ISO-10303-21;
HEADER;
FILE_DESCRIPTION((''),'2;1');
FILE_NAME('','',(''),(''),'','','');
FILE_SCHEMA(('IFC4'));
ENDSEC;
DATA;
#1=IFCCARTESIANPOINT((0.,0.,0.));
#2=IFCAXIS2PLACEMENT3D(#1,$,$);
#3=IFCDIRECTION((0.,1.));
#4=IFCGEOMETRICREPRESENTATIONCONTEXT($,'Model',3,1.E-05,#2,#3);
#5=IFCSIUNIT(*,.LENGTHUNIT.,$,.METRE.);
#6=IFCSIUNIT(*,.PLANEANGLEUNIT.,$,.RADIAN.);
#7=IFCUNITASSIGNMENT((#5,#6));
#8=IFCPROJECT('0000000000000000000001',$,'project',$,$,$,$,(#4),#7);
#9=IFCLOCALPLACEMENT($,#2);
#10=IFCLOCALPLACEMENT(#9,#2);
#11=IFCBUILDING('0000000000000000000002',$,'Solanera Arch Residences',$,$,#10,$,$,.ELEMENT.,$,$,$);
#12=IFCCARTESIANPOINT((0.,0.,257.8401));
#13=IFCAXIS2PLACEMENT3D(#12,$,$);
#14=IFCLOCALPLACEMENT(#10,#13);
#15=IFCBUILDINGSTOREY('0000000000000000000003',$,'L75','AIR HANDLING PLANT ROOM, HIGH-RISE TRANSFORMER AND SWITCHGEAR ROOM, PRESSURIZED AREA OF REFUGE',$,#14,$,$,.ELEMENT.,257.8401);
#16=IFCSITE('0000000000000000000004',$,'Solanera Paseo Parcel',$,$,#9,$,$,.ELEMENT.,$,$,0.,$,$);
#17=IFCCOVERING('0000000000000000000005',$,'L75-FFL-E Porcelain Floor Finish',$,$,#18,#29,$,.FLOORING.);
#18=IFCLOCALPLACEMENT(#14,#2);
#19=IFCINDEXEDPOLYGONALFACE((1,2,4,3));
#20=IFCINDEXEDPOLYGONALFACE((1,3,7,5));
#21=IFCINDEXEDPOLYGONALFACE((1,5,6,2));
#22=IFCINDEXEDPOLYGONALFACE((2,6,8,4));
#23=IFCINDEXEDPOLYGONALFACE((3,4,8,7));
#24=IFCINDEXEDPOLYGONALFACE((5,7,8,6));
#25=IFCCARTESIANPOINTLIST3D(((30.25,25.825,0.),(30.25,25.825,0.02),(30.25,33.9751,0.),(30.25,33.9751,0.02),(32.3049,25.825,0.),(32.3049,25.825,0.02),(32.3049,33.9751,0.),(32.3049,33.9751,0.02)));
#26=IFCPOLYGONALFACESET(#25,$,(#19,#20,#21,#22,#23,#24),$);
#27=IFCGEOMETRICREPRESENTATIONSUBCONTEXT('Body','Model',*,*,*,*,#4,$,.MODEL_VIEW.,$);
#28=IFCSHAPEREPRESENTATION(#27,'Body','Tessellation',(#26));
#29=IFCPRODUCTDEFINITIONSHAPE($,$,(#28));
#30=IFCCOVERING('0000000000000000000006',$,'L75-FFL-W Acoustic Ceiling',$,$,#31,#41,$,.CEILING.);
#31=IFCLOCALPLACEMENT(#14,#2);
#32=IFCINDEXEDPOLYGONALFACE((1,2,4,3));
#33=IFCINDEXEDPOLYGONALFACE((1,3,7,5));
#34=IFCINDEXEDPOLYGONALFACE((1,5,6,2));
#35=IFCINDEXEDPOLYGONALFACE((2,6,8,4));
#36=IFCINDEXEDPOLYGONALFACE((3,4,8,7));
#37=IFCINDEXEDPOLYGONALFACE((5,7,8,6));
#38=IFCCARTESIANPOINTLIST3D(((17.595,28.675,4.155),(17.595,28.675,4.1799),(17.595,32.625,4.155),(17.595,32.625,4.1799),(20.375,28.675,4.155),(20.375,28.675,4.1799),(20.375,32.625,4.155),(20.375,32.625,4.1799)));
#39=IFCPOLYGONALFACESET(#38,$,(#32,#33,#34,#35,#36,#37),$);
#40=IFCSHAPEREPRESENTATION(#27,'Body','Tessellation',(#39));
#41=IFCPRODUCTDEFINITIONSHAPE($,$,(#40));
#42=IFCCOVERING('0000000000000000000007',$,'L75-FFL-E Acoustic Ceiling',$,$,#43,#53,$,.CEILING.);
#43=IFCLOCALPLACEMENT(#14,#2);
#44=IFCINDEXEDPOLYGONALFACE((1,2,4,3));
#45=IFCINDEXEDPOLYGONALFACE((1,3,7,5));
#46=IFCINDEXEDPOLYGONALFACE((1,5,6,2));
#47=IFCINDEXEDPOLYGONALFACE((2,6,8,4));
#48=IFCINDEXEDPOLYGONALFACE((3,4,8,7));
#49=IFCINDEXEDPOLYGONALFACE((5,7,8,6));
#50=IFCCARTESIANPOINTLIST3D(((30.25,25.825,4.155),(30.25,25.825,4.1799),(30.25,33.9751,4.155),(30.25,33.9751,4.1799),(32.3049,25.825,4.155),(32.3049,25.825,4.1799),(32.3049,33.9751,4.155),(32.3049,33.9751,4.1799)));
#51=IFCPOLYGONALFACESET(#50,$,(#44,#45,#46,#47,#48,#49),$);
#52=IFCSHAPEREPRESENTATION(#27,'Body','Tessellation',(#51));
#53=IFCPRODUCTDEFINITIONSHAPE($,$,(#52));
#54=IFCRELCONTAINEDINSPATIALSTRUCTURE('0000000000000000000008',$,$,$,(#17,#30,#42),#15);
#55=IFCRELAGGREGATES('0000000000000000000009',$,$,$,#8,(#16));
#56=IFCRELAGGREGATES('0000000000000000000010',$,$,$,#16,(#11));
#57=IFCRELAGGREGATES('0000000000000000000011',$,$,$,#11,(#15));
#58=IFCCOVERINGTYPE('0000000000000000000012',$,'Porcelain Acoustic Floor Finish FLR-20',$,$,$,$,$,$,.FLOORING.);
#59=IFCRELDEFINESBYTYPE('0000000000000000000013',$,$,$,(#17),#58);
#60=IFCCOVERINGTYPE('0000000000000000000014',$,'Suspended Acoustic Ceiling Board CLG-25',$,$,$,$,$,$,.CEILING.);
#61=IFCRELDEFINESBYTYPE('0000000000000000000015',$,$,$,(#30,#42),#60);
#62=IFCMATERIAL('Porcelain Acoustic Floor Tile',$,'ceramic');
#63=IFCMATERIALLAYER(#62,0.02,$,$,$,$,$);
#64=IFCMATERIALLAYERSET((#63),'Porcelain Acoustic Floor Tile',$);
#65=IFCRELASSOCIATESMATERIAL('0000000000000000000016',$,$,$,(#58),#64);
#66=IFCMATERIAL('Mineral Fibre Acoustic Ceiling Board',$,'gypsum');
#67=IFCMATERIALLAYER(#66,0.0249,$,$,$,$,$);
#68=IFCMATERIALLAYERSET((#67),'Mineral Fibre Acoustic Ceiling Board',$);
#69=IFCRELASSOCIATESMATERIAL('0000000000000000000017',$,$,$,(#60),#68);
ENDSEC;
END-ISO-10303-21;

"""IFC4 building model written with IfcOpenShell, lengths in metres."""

from ifc_helpers import new_model, si_unit, direction, frame, origin, place, context, subcontext, project, spatial, polyline, outline, extrude, material, layer, layer_set, type_object, element, save


model = new_model("IFC4")

# Units and contexts
model_context = context("Model", 3, precision=1e-05, world=origin(), true_north=direction((0.0, 1.0)))
body_context = subcontext(model_context, "Body", "Model", "MODEL_VIEW")
ifc_project = project(units=[si_unit("LENGTHUNIT", "METRE"), si_unit("PLANEANGLEUNIT", "RADIAN")], contexts=[model_context])

# Site, building, storey
site_placement = place(None, origin())
site = spatial("IfcSite", under=ifc_project, at=site_placement, Name="Solanera Paseo Parcel", CompositionType="ELEMENT", RefElevation=0.0)
building_placement = place(site_placement, origin())
building = spatial("IfcBuilding", under=site, at=building_placement, Name="Solanera Arch Residences", CompositionType="ELEMENT")
storey_placement = place(building_placement, frame((0.0, 0.0, 257.8401)))
storey = spatial("IfcBuildingStorey", under=building, at=storey_placement, Name="L75", Description="AIR HANDLING PLANT ROOM, HIGH-RISE TRANSFORMER AND SWITCHGEAR ROOM, PRESSURIZED AREA OF REFUGE", CompositionType="ELEMENT", Elevation=257.8401)

# Coverings
ifc_material_1 = material(Name="Porcelain Acoustic Floor Tile", Category="ceramic")
ifc_layer_1 = layer(ifc_material_1, 0.02)
ifc_layer_set_1 = layer_set([ifc_layer_1], Name="Porcelain Acoustic Floor Tile")
covering_type_1 = type_object("IfcCoveringType", Name="Porcelain Acoustic Floor Finish FLR-20", PredefinedType="FLOORING", material=ifc_layer_set_1)
covering_1_placement = place(storey_placement, origin())
element("IfcCovering", 1, at=covering_1_placement, inside=storey, type_object=covering_type_1, Name="L75-FFL-E Porcelain Floor Finish", PredefinedType="FLOORING", context=body_context, shape_type="SweptSolid", body=[
    extrude(outline(polyline([(32.3049, 25.825), (30.25, 25.825), (30.25, 33.9751), (32.3049, 33.9751), (32.3049, 25.825)])), origin(), (0.0, 0.0, 1.0), 0.02),
])
ifc_material_2 = material(Name="Mineral Fibre Acoustic Ceiling Board", Category="gypsum")
ifc_layer_2 = layer(ifc_material_2, 0.0249)
ifc_layer_set_2 = layer_set([ifc_layer_2], Name="Mineral Fibre Acoustic Ceiling Board")
covering_type_2 = type_object("IfcCoveringType", Name="Suspended Acoustic Ceiling Board CLG-25", PredefinedType="CEILING", material=ifc_layer_set_2)
covering_2_placement = place(storey_placement, frame((0.0, 0.0, 4.155)))
element("IfcCovering", 2, at=covering_2_placement, inside=storey, type_object=covering_type_2, Name="L75-FFL-W Acoustic Ceiling", PredefinedType="CEILING", context=body_context, shape_type="SweptSolid", body=[
    extrude(outline(polyline([(20.375, 28.675), (17.595, 28.675), (17.595, 32.625), (20.375, 32.625), (20.375, 28.675)])), origin(), (0.0, 0.0, 1.0), 0.0249),
])
covering_3_placement = place(storey_placement, frame((0.0, 0.0, 4.155)))
element("IfcCovering", 3, at=covering_3_placement, inside=storey, type_object=covering_type_2, Name="L75-FFL-E Acoustic Ceiling", PredefinedType="CEILING", context=body_context, shape_type="SweptSolid", body=[
    extrude(outline(polyline([(32.3049, 25.825), (30.25, 25.825), (30.25, 33.9751), (32.3049, 33.9751), (32.3049, 25.825)])), origin(), (0.0, 0.0, 1.0), 0.0249),
])

save(model, "model.ifc")
